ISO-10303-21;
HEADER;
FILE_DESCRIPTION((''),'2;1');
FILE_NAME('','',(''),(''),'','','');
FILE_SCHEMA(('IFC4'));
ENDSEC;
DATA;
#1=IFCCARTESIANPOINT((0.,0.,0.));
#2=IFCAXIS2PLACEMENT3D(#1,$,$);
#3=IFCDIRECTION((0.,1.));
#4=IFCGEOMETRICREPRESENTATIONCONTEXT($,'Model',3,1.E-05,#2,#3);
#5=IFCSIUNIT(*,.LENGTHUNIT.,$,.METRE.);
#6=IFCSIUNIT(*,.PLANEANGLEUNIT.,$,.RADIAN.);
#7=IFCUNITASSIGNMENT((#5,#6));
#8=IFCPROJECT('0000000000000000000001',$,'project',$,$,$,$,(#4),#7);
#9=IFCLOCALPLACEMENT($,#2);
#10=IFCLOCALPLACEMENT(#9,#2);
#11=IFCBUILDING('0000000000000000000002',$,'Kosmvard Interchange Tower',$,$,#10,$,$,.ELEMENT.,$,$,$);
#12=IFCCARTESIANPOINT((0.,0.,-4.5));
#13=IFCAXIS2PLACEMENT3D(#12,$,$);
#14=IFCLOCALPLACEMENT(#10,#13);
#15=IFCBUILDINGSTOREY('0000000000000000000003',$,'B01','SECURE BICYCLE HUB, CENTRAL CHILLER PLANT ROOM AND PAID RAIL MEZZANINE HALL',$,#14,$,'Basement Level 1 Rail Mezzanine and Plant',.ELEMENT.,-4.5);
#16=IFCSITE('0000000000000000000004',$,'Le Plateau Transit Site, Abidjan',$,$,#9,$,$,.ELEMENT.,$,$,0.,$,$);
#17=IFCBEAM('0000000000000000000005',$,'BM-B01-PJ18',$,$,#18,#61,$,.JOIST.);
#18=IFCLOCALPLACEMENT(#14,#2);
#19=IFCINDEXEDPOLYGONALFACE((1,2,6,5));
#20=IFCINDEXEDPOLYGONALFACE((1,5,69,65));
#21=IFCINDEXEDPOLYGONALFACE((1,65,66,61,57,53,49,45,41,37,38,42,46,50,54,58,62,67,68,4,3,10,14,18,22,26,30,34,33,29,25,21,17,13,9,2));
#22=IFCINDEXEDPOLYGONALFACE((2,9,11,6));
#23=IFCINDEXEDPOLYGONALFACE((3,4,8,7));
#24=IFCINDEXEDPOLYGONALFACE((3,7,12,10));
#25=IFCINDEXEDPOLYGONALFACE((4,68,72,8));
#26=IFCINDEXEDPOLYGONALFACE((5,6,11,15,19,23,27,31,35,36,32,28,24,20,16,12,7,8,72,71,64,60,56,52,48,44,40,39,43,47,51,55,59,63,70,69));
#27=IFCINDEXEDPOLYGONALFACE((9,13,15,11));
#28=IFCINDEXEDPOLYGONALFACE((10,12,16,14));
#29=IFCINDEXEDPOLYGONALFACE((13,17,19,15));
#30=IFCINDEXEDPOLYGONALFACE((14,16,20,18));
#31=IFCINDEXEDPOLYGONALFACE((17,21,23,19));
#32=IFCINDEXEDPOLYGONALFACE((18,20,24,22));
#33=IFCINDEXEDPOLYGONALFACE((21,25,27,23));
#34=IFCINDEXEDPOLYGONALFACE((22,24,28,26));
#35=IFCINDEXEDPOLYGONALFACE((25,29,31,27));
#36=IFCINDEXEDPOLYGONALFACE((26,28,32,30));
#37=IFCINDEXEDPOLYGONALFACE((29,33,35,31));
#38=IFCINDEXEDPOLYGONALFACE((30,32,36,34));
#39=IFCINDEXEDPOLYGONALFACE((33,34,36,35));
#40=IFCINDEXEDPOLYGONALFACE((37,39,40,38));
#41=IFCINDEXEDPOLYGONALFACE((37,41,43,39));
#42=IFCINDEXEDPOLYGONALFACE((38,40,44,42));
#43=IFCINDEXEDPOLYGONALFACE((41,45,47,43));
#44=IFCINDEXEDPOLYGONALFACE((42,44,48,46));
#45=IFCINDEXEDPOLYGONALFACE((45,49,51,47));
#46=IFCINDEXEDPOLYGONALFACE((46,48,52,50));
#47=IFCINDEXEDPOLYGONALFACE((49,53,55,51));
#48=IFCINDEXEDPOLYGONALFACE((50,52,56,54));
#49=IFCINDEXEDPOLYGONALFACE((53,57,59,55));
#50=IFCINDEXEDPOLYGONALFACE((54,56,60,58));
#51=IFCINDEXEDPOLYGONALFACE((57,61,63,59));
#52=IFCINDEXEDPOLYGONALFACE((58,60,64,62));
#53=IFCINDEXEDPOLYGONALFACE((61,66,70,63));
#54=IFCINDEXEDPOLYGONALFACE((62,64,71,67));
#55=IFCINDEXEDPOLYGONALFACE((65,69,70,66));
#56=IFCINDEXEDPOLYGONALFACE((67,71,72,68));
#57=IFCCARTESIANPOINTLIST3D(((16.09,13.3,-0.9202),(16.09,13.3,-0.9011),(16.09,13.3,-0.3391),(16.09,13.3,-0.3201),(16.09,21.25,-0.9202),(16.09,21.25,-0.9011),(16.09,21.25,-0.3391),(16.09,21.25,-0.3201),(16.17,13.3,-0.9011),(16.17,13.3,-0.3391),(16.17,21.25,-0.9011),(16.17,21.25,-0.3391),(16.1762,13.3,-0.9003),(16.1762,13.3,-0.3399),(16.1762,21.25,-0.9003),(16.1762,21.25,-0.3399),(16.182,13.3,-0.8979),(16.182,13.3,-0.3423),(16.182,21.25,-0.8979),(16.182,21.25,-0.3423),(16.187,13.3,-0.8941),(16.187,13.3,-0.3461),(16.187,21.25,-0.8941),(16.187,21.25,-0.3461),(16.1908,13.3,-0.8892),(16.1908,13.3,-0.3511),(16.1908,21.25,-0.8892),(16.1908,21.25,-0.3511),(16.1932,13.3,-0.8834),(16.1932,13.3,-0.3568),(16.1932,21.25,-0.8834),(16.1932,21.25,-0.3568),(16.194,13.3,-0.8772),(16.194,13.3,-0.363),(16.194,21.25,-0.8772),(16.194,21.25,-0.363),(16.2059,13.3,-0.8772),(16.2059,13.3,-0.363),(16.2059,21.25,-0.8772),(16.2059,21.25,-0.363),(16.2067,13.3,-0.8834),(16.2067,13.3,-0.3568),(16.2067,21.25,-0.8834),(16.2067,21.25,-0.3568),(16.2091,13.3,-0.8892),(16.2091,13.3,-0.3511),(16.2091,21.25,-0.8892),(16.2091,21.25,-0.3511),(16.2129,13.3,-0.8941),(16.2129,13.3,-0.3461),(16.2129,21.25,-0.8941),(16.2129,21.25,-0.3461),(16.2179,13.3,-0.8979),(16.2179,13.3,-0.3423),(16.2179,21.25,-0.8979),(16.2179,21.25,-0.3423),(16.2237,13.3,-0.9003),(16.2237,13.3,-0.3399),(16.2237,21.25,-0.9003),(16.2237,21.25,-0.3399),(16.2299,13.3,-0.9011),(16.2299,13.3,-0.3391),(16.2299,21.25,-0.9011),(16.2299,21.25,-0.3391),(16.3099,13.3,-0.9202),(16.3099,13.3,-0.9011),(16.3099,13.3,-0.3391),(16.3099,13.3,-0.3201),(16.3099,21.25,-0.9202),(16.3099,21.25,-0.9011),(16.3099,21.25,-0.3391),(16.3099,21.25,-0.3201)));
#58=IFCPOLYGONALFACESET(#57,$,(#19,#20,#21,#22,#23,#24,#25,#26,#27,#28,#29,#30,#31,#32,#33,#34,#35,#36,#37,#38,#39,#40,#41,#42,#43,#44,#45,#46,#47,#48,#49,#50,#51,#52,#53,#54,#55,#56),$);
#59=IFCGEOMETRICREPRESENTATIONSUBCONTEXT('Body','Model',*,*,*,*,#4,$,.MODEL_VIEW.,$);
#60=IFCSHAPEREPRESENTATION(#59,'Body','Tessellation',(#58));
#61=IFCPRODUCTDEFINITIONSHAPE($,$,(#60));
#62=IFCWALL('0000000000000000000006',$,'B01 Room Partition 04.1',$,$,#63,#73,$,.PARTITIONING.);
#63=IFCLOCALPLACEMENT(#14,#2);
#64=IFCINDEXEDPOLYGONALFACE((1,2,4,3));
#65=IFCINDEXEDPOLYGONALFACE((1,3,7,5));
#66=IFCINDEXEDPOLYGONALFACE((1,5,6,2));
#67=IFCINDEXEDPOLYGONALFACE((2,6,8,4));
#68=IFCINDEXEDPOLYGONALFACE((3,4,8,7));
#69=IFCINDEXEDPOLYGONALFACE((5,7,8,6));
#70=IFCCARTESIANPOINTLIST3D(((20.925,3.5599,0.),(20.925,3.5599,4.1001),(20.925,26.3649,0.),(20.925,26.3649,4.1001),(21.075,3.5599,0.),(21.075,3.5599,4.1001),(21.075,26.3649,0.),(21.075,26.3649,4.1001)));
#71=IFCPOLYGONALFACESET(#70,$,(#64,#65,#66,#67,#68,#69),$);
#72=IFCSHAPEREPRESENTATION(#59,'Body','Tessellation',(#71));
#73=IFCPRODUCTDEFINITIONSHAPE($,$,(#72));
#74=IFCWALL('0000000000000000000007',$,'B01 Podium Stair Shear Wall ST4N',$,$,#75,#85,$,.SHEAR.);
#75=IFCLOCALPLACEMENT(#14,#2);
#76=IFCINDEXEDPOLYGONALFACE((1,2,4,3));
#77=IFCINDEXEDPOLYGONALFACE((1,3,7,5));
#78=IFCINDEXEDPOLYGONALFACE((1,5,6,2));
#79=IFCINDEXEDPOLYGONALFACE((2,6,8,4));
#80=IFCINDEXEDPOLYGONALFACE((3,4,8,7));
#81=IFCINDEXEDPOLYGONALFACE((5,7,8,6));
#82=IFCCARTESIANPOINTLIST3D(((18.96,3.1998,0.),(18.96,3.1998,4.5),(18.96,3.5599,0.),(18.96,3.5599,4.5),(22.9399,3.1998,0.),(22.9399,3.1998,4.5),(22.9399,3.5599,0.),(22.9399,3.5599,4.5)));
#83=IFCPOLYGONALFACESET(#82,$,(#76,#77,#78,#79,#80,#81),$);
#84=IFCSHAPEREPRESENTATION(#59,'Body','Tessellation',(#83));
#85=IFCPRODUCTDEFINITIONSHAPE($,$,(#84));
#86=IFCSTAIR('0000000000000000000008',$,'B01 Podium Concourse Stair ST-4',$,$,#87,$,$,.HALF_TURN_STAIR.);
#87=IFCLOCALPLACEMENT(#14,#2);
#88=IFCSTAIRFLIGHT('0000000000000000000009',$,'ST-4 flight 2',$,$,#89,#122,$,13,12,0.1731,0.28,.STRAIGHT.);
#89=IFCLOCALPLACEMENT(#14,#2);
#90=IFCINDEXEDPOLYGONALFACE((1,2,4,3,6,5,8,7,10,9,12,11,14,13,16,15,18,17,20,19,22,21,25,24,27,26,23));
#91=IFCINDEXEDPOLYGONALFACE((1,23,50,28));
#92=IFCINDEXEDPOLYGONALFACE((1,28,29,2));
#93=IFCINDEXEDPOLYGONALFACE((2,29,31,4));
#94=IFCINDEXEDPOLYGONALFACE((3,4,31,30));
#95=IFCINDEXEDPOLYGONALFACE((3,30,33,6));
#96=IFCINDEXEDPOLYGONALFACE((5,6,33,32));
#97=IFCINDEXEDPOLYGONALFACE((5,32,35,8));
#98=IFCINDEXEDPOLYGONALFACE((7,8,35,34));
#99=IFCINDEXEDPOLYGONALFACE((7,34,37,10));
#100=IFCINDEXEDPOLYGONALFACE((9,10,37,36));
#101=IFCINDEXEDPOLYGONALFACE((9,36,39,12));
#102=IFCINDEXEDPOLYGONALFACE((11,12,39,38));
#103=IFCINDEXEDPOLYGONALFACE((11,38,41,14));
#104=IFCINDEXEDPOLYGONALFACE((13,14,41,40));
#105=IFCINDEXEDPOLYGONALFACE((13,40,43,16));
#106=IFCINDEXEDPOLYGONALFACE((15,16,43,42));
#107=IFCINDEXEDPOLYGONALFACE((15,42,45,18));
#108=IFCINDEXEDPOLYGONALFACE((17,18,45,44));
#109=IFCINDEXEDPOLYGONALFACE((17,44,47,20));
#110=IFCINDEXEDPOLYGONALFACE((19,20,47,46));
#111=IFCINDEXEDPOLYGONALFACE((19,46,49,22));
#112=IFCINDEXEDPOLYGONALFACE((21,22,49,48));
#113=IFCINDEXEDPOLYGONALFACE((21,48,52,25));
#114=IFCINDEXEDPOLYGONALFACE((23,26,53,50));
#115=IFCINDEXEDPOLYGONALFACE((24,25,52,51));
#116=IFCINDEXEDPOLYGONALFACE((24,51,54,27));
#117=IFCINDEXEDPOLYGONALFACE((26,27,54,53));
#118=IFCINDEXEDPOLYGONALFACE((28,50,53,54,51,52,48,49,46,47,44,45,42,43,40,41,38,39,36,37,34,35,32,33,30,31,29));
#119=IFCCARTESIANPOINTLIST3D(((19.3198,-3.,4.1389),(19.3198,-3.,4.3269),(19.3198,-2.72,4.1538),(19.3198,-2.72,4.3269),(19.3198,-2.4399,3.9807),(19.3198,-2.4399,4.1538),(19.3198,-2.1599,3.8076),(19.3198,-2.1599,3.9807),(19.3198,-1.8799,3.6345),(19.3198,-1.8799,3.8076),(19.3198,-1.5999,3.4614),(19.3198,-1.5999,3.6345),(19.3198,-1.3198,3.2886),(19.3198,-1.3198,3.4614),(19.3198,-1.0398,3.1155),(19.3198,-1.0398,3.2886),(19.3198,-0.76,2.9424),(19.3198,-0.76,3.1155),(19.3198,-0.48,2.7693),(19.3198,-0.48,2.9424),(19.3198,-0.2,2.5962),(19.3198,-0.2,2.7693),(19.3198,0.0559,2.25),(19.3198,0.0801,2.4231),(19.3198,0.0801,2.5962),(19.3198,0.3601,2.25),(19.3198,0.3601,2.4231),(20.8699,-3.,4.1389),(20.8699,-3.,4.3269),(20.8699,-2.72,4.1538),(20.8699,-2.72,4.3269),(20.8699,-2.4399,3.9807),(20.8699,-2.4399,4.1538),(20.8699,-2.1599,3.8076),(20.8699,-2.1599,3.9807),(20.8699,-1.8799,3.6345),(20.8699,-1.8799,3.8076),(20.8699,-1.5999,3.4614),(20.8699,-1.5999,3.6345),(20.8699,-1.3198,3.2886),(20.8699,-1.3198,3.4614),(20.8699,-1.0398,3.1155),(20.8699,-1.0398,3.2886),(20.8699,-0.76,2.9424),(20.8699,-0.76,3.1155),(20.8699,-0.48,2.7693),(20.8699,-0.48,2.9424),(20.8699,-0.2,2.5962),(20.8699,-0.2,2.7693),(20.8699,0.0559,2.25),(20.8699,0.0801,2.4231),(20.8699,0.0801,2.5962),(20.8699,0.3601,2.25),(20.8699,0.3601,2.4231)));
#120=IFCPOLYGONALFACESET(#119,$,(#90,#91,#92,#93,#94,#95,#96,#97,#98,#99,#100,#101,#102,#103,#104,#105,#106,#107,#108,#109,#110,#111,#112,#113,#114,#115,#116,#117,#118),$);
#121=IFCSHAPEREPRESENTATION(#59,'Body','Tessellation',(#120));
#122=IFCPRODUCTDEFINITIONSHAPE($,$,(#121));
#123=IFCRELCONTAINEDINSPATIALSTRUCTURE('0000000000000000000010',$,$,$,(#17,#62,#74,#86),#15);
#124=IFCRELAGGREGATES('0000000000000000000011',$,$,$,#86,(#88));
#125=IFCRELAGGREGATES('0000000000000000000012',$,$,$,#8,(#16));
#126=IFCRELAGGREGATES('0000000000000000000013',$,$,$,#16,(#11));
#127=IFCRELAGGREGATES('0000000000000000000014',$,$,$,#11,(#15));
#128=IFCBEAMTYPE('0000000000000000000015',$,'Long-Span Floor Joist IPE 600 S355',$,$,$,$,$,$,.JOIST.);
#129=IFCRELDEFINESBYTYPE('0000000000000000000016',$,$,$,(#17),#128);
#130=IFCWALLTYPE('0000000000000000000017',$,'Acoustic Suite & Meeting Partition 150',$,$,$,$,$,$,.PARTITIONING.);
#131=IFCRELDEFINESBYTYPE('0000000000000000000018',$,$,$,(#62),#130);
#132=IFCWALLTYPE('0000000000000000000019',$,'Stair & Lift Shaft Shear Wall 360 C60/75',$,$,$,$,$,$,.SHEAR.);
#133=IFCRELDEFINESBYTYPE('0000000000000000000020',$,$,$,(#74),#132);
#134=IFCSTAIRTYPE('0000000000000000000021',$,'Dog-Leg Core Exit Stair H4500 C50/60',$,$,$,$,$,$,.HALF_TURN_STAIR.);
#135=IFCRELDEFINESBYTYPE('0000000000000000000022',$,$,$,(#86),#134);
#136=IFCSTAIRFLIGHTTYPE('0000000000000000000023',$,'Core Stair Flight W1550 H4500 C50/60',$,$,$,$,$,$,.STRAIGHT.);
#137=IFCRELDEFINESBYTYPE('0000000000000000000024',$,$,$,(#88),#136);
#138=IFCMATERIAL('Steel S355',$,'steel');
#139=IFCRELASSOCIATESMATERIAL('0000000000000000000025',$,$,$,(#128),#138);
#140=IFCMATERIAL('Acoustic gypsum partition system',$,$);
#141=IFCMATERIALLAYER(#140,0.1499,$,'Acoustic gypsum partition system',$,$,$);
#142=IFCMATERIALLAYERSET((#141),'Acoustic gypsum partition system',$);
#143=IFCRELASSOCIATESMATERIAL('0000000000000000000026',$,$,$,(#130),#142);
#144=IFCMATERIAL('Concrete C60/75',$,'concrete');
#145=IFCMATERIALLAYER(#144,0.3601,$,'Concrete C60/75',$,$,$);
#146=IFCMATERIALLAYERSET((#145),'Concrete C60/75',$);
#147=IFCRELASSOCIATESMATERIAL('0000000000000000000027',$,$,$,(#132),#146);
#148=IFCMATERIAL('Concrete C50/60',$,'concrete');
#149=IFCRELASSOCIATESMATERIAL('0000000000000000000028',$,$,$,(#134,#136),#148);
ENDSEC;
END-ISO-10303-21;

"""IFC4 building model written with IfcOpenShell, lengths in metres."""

from ifc_helpers import new_model, si_unit, direction, frame, frame_2d, origin, origin_2d, place, context, subcontext, project, spatial, polyline, rectangle, i_section, outline, extrude, source, transform, mapped, material, layer, layer_set, material_profile, profile_set, type_object, element, aggregate, save


model = new_model("IFC4")

# Units and contexts
model_context = context("Model", 3, precision=1e-05, world=origin(), true_north=direction((0.0, 1.0)))
body_context = subcontext(model_context, "Body", "Model", "MODEL_VIEW")
ifc_project = project(units=[si_unit("LENGTHUNIT", "METRE"), si_unit("PLANEANGLEUNIT", "RADIAN")], contexts=[model_context])

# Site, building, storey
site_placement = place(None, origin())
site = spatial("IfcSite", under=ifc_project, at=site_placement, Name="Le Plateau Transit Site, Abidjan", CompositionType="ELEMENT", RefElevation=0.0)
building_placement = place(site_placement, origin())
building = spatial("IfcBuilding", under=site, at=building_placement, Name="Kosmvard Interchange Tower", CompositionType="ELEMENT")
storey_placement = place(building_placement, frame((0.0, 0.0, -4.5)))
storey = spatial("IfcBuildingStorey", under=building, at=storey_placement, Name="B01", Description="SECURE BICYCLE HUB, CENTRAL CHILLER PLANT ROOM AND PAID RAIL MEZZANINE HALL", LongName="Basement Level 1 Rail Mezzanine and Plant", CompositionType="ELEMENT", Elevation=-4.5)

# Shared definitions
ifc_material_1 = material(Name="Concrete C60/75", Category="concrete")

# Beam
ifc_material_2 = material(Name="Concrete C50/60", Category="concrete")
ifc_material_3 = material(Name="Steel S355", Category="steel")
ifc_material_profile_1 = material_profile(ifc_material_3, i_section(OverallWidth=0.22, OverallDepth=0.6001, WebThickness=0.012, FlangeThickness=0.019, FilletRadius=0.0239, at=origin_2d()), Name="IPE 600")
ifc_profile_set_1 = profile_set([ifc_material_profile_1], Name="Steel S355")
beam_type_1 = type_object("IfcBeamType", Name="Long-Span Floor Joist IPE 600 S355", PredefinedType="JOIST", material=ifc_profile_set_1)
shared_shape_1 = source(origin(), body_context, "Body", "SweptSolid", [
    extrude(i_section(OverallWidth=0.22, OverallDepth=0.6001, WebThickness=0.012, FlangeThickness=0.019, FilletRadius=0.0239, at=origin_2d()), origin(), (0.0, 0.0, 1.0), 7.95),
])
beam_1_placement = place(storey_placement, frame((16.2, 13.3, -0.6201), z_axis=(0.0, 1.0, 0.0), x_axis=(-1.0, 0.0, 0.0)))
element("IfcBeam", 1, at=beam_1_placement, inside=storey, type_object=beam_type_1, Name="BM-B01-PJ18", PredefinedType="JOIST", context=body_context, shape_type="MappedRepresentation", body=[
    mapped(shared_shape_1, transform((0.0, 0.0, 0.0), scale=1.0)),
])

# Walls
ifc_material_4 = material(Name="Acoustic gypsum partition system")
ifc_layer_1 = layer(ifc_material_4, 0.1499, Name="Acoustic gypsum partition system")
ifc_layer_set_1 = layer_set([ifc_layer_1], Name="Acoustic gypsum partition system")
wall_type_1 = type_object("IfcWallType", Name="Acoustic Suite & Meeting Partition 150", PredefinedType="PARTITIONING", material=ifc_layer_set_1)
wall_1_placement = place(storey_placement, frame((21.0, 3.5601, 0.0), z_axis=(0.0, 0.0, 1.0), x_axis=(0.0, 1.0, 0.0)))
element("IfcWall", 2, at=wall_1_placement, inside=storey, type_object=wall_type_1, Name="B01 Room Partition 04.1", PredefinedType="PARTITIONING", context=body_context, shape_type="SweptSolid", body=[
    extrude(rectangle(XDim=22.8049, YDim=0.1499, at=frame_2d((11.4023, 0.0))), origin(), (0.0, 0.0, 1.0), 4.1001),
])
ifc_layer_2 = layer(ifc_material_1, 0.3601, Name="Concrete C60/75")
ifc_layer_set_2 = layer_set([ifc_layer_2], Name="Concrete C60/75")
wall_type_2 = type_object("IfcWallType", Name="Stair & Lift Shaft Shear Wall 360 C60/75", PredefinedType="SHEAR", material=ifc_layer_set_2)
wall_2_placement = place(storey_placement, frame((18.96, 3.3799, 0.0), z_axis=(0.0, 0.0, 1.0), x_axis=(1.0, 0.0, 0.0)))
element("IfcWall", 3, at=wall_2_placement, inside=storey, type_object=wall_type_2, Name="B01 Podium Stair Shear Wall ST4N", PredefinedType="SHEAR", context=body_context, shape_type="SweptSolid", body=[
    extrude(rectangle(XDim=3.98, YDim=0.3601, at=frame_2d((1.99, 0.0))), origin(), (0.0, 0.0, 1.0), 4.5),
])

# Stair, stair flight
stair_type = type_object("IfcStairType", Name="Dog-Leg Core Exit Stair H4500 C50/60", PredefinedType="HALF_TURN_STAIR", material=ifc_material_2)
stair_placement = place(storey_placement, origin())
stair = element("IfcStair", 4, at=stair_placement, inside=storey, type_object=stair_type, Name="B01 Podium Concourse Stair ST-4", PredefinedType="HALF_TURN_STAIR")
stair_flight_type = type_object("IfcStairFlightType", Name="Core Stair Flight W1550 H4500 C50/60", PredefinedType="STRAIGHT", material=ifc_material_2)
shared_shape_2 = source(origin(), body_context, "Body", "SweptSolid", [
    extrude(outline(polyline([(0.0, 0.0), (0.0, 0.1731), (0.28, 0.1731), (0.28, 0.3462), (0.5601, 0.3462), (0.5601, 0.5193), (0.8401, 0.5193), (0.8401, 0.6924), (1.1201, 0.6924), (1.1201, 0.8655), (1.3999, 0.8655), (1.3999, 1.0386), (1.6799, 1.0386), (1.6799, 1.2114), (1.96, 1.2114), (1.96, 1.3845), (2.24, 1.3845), (2.24, 1.5576), (2.52, 1.5576), (2.52, 1.7307), (2.8, 1.7307), (2.8, 1.9038), (3.0801, 1.9038), (3.0801, 2.0769), (3.3601, 2.0769), (3.3601, 2.25), (3.3601, 1.8889), (0.3042, 0.0), (0.0, 0.0)])), frame((0.0, 0.7749, 0.0), z_axis=(0.0, -1.0, 0.0), x_axis=(1.0, 0.0, 0.0)), (0.0, 0.0, 1.0), 1.55),
])
stair_flight_placement = place(storey_placement, frame((20.095, 0.3601, 2.25), z_axis=(0.0, 0.0, 1.0), x_axis=(0.0, -1.0, 0.0)))
stair_flight = element("IfcStairFlight", 5, at=stair_flight_placement, type_object=stair_flight_type, Name="ST-4 flight 2", NumberOfRisers=13, NumberOfTreads=12, PredefinedType="STRAIGHT", RiserHeight=0.1731, TreadLength=0.28, context=body_context, shape_type="MappedRepresentation", body=[
    mapped(shared_shape_2, transform((0.0, 0.0, 0.0), scale=1.0)),
])
aggregate(stair, [stair_flight])

save(model, "model.ifc")
